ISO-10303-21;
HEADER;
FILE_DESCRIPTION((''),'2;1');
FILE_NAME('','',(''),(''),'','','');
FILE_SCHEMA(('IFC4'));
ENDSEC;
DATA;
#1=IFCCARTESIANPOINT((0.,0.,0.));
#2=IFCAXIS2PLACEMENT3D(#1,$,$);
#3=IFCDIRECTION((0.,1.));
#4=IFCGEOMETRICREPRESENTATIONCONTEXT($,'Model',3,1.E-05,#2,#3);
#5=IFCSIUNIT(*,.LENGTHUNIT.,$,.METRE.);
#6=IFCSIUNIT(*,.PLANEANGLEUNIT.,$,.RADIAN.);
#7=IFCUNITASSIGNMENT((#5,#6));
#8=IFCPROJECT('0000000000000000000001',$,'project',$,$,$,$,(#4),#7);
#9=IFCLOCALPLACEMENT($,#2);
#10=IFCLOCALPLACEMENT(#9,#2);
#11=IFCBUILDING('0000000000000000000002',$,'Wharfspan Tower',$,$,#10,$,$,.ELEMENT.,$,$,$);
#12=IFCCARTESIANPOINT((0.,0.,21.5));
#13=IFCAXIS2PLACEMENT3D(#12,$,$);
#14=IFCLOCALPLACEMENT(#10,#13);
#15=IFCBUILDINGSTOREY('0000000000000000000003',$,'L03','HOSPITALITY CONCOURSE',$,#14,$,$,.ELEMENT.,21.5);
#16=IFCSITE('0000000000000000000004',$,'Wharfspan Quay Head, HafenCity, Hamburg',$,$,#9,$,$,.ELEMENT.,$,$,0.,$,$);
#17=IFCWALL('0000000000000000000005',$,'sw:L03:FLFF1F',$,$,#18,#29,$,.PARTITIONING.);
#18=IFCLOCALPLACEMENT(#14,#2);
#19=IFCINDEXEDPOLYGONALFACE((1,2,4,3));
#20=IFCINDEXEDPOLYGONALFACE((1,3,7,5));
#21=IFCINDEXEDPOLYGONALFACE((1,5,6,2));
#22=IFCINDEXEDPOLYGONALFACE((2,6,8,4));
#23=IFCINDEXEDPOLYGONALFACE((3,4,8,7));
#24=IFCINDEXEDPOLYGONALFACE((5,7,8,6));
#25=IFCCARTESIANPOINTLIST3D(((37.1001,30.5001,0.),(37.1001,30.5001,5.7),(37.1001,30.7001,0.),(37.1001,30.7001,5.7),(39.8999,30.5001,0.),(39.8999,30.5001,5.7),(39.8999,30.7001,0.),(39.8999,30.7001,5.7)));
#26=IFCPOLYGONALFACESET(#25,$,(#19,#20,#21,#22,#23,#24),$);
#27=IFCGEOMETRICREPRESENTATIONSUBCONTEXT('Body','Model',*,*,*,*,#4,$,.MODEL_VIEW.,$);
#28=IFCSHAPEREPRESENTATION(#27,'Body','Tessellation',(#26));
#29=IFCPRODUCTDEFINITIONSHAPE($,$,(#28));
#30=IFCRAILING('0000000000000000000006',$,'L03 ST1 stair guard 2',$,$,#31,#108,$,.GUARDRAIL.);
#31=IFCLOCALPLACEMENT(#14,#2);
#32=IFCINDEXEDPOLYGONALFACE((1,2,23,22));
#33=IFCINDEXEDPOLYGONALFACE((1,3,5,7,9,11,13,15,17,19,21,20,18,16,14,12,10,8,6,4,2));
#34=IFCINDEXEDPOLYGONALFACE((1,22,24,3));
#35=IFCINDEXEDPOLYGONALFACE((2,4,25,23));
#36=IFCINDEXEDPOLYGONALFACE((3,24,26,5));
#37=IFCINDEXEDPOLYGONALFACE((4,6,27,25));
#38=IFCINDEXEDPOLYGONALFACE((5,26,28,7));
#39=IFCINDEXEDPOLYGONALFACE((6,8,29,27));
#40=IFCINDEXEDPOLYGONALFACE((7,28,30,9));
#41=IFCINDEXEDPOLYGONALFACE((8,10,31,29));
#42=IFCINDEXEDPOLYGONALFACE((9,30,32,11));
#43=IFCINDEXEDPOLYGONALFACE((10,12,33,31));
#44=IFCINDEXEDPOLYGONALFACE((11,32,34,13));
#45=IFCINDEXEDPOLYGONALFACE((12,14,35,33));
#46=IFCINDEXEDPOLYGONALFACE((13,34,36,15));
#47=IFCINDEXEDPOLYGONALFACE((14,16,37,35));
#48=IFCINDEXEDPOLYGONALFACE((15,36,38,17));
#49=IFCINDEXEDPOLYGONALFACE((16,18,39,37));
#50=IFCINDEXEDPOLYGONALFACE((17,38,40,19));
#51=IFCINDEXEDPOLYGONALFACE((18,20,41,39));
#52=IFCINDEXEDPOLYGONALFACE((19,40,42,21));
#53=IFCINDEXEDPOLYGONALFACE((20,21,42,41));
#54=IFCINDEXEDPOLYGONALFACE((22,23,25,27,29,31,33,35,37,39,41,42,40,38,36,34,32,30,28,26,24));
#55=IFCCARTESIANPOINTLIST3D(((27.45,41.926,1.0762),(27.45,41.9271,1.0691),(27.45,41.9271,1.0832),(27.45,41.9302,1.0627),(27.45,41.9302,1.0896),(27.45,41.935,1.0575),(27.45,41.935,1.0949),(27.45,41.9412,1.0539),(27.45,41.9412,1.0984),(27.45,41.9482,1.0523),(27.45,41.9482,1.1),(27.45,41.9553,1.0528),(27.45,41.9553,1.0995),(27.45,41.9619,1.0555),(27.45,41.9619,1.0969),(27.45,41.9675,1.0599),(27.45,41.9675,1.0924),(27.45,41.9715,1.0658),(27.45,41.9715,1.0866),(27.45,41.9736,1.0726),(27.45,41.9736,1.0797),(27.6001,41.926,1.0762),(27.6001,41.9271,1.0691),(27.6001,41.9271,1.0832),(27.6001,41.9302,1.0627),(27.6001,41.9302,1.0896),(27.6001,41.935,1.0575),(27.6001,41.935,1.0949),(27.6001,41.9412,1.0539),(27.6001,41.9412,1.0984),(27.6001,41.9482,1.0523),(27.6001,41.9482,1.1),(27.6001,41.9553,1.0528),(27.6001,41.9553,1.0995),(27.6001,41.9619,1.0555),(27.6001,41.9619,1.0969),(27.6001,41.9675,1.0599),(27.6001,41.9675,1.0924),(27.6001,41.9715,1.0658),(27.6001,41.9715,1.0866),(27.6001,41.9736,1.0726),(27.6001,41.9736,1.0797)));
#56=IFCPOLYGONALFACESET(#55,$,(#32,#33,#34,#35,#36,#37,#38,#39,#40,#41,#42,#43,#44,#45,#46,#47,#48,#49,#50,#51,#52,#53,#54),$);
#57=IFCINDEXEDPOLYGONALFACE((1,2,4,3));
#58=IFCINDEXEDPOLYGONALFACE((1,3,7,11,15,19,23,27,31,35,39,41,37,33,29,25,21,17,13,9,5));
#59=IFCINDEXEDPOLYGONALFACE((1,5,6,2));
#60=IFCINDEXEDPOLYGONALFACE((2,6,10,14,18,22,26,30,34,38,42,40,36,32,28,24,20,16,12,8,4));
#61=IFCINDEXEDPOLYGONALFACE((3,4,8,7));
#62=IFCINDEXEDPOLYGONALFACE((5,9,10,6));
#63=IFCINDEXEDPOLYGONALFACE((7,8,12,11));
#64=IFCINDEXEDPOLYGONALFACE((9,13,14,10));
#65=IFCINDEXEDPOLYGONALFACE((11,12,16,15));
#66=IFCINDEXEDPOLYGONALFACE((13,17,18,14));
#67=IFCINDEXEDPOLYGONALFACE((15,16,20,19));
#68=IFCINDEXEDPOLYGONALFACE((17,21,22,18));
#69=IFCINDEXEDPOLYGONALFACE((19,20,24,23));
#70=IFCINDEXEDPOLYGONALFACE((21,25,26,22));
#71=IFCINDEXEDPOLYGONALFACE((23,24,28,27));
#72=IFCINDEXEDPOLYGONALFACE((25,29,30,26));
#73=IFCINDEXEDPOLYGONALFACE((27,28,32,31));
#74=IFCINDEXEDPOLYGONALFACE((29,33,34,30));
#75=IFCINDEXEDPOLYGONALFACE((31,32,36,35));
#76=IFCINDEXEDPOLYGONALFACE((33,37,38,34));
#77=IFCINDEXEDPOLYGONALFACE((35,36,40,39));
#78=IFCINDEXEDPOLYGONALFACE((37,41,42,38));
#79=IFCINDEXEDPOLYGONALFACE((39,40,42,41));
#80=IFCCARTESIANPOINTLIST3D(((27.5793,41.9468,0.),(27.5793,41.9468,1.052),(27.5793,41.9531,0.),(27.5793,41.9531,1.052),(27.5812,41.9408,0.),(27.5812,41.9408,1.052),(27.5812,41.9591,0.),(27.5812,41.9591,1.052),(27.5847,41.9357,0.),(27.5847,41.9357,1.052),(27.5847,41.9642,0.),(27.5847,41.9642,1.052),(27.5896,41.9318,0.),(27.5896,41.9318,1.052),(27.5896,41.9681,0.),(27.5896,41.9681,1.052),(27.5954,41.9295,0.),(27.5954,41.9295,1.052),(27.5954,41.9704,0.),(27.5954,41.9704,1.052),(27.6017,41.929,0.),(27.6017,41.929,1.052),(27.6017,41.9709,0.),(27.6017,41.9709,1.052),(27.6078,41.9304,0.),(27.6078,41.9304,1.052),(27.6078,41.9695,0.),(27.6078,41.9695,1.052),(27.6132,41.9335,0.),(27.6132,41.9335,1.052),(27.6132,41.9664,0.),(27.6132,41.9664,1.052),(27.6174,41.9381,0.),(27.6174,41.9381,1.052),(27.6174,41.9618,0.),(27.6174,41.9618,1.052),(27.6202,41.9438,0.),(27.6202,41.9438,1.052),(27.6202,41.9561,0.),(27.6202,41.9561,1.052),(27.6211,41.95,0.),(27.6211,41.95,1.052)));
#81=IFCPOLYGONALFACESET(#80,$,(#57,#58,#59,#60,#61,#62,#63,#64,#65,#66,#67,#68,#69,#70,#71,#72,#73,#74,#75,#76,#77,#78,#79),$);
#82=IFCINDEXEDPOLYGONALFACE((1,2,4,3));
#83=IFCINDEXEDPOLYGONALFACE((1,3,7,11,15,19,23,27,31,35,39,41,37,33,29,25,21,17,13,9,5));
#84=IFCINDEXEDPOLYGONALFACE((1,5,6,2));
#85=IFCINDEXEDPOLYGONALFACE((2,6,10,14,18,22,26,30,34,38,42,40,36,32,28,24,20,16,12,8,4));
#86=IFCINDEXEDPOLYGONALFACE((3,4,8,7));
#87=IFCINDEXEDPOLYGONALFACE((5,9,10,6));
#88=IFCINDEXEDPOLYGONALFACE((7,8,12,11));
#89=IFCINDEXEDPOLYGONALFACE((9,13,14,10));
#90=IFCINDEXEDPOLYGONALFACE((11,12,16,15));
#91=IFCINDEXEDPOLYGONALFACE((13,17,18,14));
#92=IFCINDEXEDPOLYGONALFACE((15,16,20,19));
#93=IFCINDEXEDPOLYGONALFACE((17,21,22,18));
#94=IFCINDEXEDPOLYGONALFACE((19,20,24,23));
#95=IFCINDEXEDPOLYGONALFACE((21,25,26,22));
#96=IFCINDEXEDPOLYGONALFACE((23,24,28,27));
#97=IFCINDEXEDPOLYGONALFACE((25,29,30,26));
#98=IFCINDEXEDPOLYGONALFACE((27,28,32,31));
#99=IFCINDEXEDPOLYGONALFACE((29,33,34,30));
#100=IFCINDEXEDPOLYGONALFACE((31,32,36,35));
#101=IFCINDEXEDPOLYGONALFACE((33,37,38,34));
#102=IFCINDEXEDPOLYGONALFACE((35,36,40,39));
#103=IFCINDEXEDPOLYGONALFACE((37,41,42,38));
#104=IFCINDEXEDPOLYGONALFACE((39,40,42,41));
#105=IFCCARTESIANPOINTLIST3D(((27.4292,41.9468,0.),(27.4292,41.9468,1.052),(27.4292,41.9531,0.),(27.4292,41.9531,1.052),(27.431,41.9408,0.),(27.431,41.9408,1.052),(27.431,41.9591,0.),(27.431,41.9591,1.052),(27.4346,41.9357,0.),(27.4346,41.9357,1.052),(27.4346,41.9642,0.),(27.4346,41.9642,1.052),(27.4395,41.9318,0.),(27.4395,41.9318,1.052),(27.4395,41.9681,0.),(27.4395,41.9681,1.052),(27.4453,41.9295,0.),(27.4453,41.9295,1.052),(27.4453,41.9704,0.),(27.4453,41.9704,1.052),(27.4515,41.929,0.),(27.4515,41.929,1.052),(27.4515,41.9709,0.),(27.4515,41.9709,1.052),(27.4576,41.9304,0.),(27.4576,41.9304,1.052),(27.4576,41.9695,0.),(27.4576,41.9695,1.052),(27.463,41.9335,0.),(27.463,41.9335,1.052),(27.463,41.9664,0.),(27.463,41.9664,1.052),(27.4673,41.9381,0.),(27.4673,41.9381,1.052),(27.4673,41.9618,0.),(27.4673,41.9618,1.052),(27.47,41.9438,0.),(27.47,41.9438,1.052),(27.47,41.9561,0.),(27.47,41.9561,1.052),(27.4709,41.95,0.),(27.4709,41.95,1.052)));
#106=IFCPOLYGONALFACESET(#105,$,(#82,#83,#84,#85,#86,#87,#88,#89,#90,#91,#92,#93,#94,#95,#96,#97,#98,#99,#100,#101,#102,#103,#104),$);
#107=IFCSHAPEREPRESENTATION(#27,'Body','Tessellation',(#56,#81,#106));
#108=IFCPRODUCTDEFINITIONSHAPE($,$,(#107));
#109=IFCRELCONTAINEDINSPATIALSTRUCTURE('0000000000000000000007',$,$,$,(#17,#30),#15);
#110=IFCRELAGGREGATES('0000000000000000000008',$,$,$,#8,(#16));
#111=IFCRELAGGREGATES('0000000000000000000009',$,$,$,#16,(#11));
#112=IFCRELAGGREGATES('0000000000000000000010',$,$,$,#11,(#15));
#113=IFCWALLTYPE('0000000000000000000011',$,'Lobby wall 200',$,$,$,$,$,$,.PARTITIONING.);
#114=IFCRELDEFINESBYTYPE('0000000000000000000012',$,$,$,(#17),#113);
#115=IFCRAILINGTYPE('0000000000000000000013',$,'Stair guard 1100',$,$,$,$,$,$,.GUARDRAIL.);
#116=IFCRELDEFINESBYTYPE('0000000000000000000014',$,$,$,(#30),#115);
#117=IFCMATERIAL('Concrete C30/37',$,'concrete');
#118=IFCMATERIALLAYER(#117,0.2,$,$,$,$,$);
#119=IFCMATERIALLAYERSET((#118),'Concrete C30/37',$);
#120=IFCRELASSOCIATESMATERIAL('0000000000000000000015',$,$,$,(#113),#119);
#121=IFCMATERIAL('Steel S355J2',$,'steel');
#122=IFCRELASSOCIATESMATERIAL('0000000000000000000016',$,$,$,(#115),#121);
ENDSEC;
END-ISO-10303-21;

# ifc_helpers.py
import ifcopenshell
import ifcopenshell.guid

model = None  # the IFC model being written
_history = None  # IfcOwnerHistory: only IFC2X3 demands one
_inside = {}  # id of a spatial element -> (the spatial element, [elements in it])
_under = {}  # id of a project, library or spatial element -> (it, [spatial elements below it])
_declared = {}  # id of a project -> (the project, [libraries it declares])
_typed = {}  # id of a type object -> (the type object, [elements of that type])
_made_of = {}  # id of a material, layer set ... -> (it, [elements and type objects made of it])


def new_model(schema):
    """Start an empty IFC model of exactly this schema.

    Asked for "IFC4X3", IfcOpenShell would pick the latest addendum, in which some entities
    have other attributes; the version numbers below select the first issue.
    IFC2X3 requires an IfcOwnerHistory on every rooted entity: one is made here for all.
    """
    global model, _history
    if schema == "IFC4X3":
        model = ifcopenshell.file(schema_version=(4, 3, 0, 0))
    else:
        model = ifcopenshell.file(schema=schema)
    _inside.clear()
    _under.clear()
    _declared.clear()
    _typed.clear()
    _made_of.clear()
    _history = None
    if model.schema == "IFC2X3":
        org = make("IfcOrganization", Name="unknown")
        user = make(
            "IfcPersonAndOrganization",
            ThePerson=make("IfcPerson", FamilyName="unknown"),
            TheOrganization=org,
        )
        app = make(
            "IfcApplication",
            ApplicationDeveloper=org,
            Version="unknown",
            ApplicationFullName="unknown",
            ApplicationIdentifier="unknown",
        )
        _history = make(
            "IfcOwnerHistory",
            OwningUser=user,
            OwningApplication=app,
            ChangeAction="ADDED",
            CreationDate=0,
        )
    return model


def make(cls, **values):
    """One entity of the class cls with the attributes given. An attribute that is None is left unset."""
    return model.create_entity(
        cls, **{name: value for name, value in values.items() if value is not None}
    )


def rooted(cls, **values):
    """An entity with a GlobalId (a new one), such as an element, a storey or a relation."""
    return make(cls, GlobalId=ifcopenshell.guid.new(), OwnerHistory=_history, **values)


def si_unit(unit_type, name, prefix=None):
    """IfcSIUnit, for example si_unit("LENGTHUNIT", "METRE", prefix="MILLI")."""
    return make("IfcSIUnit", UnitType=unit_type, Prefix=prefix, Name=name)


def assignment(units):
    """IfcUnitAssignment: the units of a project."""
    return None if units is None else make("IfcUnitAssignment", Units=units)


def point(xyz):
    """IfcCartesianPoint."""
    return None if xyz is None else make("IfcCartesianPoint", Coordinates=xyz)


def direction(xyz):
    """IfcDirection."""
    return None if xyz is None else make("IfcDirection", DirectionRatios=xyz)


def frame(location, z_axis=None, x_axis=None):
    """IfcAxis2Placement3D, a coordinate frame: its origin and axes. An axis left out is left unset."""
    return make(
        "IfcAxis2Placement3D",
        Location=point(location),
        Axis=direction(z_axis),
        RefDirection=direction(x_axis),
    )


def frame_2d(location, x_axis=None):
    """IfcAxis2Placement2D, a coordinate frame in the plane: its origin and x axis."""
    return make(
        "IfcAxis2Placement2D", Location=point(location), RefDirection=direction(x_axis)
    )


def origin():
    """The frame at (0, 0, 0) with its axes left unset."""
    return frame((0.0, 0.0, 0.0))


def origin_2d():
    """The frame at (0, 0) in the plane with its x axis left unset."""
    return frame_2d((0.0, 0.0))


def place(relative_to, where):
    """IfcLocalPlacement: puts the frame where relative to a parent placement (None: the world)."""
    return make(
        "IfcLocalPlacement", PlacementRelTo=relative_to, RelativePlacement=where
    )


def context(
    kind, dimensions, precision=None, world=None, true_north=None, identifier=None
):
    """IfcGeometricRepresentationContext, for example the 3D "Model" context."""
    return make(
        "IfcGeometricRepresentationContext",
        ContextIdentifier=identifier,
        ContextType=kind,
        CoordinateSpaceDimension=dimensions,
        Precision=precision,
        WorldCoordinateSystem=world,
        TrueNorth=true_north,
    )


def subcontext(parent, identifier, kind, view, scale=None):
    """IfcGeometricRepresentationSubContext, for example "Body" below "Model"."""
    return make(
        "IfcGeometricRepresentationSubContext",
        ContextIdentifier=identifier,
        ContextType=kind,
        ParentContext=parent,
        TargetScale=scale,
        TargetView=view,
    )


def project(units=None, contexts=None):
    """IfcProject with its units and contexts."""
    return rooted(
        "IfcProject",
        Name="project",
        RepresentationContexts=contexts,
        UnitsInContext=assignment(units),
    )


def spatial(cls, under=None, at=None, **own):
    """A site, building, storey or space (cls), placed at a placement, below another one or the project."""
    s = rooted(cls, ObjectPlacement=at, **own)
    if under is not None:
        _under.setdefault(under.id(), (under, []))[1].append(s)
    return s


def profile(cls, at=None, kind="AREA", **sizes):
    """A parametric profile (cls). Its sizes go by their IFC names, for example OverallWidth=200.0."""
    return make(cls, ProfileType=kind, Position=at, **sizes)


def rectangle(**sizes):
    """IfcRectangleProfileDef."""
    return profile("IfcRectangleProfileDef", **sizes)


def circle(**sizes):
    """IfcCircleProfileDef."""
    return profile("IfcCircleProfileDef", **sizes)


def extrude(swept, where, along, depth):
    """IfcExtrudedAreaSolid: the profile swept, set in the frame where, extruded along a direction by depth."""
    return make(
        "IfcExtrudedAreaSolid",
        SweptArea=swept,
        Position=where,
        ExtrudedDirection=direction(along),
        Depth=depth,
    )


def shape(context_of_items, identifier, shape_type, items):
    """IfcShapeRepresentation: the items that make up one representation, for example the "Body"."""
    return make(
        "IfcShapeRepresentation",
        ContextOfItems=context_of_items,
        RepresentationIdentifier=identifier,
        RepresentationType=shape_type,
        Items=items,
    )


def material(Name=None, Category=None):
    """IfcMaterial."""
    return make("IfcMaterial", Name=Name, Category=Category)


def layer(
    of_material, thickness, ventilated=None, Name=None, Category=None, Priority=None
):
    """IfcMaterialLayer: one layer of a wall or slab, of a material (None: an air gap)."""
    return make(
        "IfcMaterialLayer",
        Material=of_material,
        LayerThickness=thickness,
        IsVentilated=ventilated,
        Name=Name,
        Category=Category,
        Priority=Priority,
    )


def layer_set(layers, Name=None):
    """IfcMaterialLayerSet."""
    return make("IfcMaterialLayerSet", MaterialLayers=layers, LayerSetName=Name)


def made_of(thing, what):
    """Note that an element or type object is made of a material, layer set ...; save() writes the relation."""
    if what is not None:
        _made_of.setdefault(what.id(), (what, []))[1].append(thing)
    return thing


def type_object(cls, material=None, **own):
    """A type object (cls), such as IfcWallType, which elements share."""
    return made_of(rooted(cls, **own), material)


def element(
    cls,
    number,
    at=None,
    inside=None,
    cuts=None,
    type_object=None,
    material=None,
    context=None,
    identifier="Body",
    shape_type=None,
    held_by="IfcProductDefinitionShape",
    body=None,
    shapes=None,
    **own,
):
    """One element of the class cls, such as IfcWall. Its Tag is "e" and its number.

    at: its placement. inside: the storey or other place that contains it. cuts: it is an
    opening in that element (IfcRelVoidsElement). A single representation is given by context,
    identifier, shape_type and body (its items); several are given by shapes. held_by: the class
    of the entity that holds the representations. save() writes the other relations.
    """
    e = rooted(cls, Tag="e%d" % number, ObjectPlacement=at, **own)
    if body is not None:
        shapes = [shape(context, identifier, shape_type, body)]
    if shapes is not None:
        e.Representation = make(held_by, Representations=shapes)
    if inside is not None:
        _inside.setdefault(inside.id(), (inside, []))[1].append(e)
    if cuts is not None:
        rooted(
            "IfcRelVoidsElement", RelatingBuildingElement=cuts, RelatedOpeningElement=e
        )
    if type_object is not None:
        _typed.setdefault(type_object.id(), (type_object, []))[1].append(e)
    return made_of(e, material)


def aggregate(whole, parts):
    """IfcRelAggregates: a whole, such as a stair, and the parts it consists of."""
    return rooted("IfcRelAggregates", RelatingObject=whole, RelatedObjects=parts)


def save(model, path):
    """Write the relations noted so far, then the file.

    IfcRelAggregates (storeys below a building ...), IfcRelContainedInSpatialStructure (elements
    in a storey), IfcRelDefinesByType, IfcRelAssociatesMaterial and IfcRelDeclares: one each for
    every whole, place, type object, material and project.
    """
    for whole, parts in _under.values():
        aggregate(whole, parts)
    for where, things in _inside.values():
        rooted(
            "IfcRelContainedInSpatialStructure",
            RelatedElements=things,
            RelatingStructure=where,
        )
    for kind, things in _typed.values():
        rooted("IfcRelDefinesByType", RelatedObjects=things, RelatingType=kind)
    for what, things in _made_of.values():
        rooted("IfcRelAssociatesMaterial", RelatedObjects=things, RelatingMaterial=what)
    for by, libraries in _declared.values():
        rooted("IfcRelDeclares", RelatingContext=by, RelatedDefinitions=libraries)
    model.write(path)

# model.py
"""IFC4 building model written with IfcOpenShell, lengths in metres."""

from ifc_helpers import new_model, si_unit, direction, frame, frame_2d, origin, origin_2d, place, context, subcontext, project, spatial, rectangle, circle, extrude, material, layer, layer_set, type_object, element, save


model = new_model("IFC4")

# Units and contexts
model_context = context("Model", 3, precision=1e-05, world=origin(), true_north=direction((0.0, 1.0)))
body_context = subcontext(model_context, "Body", "Model", "MODEL_VIEW")
ifc_project = project(units=[si_unit("LENGTHUNIT", "METRE"), si_unit("PLANEANGLEUNIT", "RADIAN")], contexts=[model_context])

# Site, building, storey
site_placement = place(None, origin())
site = spatial("IfcSite", under=ifc_project, at=site_placement, Name="Wharfspan Quay Head, HafenCity, Hamburg", CompositionType="ELEMENT", RefElevation=0.0)
building_placement = place(site_placement, origin())
building = spatial("IfcBuilding", under=site, at=building_placement, Name="Wharfspan Tower", CompositionType="ELEMENT")
storey_placement = place(building_placement, frame((0.0, 0.0, 21.5)))
storey = spatial("IfcBuildingStorey", under=building, at=storey_placement, Name="L03", Description="HOSPITALITY CONCOURSE", CompositionType="ELEMENT", Elevation=21.5)

# Shared definitions
ifc_material_1 = material(Name="Concrete C30/37", Category="concrete")

# Shared definitions
ifc_layer_1 = layer(ifc_material_1, 0.2)
ifc_layer_set_1 = layer_set([ifc_layer_1], Name="Concrete C30/37")
wall_type_1 = type_object("IfcWallType", Name="Lobby wall 200", PredefinedType="PARTITIONING", material=ifc_layer_set_1)

# Wall
wall_1_placement = place(storey_placement, frame((37.1001, 30.6001, 0.0), z_axis=(0.0, 0.0, 1.0), x_axis=(1.0, 0.0, 0.0)))
element("IfcWall", 1, at=wall_1_placement, inside=storey, type_object=wall_type_1, Name="sw:L03:FLFF1F", PredefinedType="PARTITIONING", context=body_context, shape_type="SweptSolid", body=[
    extrude(rectangle(XDim=2.7998, YDim=0.2, at=frame_2d((1.3999, 0.0))), origin(), (0.0, 0.0, 1.0), 5.7),
])

# Railing
ifc_material_2 = material(Name="Steel S355J2", Category="steel")
railing_type = type_object("IfcRailingType", Name="Stair guard 1100", PredefinedType="GUARDRAIL", material=ifc_material_2)
railing_placement = place(storey_placement, frame((27.6001, 41.95, 0.0)))
element("IfcRailing", 2, at=railing_placement, inside=storey, type_object=railing_type, Name="L03 ST1 stair guard 2", PredefinedType="GUARDRAIL", context=body_context, shape_type="SweptSolid", body=[
    extrude(circle(Radius=0.0239, at=origin_2d()), frame((0.0, 0.0, 1.0762), z_axis=(-1.0, 0.0, 0.0), x_axis=(0.0, -1.0, 0.0)), (0.0, 0.0, 1.0), 0.1501),
    extrude(circle(Radius=0.021, at=origin_2d()), origin(), (0.0, 0.0, 1.0), 1.052),
    extrude(circle(Radius=0.021, at=origin_2d()), frame((-0.1501, 0.0, 0.0)), (0.0, 0.0, 1.0), 1.052),
])

save(model, "model.ifc")
